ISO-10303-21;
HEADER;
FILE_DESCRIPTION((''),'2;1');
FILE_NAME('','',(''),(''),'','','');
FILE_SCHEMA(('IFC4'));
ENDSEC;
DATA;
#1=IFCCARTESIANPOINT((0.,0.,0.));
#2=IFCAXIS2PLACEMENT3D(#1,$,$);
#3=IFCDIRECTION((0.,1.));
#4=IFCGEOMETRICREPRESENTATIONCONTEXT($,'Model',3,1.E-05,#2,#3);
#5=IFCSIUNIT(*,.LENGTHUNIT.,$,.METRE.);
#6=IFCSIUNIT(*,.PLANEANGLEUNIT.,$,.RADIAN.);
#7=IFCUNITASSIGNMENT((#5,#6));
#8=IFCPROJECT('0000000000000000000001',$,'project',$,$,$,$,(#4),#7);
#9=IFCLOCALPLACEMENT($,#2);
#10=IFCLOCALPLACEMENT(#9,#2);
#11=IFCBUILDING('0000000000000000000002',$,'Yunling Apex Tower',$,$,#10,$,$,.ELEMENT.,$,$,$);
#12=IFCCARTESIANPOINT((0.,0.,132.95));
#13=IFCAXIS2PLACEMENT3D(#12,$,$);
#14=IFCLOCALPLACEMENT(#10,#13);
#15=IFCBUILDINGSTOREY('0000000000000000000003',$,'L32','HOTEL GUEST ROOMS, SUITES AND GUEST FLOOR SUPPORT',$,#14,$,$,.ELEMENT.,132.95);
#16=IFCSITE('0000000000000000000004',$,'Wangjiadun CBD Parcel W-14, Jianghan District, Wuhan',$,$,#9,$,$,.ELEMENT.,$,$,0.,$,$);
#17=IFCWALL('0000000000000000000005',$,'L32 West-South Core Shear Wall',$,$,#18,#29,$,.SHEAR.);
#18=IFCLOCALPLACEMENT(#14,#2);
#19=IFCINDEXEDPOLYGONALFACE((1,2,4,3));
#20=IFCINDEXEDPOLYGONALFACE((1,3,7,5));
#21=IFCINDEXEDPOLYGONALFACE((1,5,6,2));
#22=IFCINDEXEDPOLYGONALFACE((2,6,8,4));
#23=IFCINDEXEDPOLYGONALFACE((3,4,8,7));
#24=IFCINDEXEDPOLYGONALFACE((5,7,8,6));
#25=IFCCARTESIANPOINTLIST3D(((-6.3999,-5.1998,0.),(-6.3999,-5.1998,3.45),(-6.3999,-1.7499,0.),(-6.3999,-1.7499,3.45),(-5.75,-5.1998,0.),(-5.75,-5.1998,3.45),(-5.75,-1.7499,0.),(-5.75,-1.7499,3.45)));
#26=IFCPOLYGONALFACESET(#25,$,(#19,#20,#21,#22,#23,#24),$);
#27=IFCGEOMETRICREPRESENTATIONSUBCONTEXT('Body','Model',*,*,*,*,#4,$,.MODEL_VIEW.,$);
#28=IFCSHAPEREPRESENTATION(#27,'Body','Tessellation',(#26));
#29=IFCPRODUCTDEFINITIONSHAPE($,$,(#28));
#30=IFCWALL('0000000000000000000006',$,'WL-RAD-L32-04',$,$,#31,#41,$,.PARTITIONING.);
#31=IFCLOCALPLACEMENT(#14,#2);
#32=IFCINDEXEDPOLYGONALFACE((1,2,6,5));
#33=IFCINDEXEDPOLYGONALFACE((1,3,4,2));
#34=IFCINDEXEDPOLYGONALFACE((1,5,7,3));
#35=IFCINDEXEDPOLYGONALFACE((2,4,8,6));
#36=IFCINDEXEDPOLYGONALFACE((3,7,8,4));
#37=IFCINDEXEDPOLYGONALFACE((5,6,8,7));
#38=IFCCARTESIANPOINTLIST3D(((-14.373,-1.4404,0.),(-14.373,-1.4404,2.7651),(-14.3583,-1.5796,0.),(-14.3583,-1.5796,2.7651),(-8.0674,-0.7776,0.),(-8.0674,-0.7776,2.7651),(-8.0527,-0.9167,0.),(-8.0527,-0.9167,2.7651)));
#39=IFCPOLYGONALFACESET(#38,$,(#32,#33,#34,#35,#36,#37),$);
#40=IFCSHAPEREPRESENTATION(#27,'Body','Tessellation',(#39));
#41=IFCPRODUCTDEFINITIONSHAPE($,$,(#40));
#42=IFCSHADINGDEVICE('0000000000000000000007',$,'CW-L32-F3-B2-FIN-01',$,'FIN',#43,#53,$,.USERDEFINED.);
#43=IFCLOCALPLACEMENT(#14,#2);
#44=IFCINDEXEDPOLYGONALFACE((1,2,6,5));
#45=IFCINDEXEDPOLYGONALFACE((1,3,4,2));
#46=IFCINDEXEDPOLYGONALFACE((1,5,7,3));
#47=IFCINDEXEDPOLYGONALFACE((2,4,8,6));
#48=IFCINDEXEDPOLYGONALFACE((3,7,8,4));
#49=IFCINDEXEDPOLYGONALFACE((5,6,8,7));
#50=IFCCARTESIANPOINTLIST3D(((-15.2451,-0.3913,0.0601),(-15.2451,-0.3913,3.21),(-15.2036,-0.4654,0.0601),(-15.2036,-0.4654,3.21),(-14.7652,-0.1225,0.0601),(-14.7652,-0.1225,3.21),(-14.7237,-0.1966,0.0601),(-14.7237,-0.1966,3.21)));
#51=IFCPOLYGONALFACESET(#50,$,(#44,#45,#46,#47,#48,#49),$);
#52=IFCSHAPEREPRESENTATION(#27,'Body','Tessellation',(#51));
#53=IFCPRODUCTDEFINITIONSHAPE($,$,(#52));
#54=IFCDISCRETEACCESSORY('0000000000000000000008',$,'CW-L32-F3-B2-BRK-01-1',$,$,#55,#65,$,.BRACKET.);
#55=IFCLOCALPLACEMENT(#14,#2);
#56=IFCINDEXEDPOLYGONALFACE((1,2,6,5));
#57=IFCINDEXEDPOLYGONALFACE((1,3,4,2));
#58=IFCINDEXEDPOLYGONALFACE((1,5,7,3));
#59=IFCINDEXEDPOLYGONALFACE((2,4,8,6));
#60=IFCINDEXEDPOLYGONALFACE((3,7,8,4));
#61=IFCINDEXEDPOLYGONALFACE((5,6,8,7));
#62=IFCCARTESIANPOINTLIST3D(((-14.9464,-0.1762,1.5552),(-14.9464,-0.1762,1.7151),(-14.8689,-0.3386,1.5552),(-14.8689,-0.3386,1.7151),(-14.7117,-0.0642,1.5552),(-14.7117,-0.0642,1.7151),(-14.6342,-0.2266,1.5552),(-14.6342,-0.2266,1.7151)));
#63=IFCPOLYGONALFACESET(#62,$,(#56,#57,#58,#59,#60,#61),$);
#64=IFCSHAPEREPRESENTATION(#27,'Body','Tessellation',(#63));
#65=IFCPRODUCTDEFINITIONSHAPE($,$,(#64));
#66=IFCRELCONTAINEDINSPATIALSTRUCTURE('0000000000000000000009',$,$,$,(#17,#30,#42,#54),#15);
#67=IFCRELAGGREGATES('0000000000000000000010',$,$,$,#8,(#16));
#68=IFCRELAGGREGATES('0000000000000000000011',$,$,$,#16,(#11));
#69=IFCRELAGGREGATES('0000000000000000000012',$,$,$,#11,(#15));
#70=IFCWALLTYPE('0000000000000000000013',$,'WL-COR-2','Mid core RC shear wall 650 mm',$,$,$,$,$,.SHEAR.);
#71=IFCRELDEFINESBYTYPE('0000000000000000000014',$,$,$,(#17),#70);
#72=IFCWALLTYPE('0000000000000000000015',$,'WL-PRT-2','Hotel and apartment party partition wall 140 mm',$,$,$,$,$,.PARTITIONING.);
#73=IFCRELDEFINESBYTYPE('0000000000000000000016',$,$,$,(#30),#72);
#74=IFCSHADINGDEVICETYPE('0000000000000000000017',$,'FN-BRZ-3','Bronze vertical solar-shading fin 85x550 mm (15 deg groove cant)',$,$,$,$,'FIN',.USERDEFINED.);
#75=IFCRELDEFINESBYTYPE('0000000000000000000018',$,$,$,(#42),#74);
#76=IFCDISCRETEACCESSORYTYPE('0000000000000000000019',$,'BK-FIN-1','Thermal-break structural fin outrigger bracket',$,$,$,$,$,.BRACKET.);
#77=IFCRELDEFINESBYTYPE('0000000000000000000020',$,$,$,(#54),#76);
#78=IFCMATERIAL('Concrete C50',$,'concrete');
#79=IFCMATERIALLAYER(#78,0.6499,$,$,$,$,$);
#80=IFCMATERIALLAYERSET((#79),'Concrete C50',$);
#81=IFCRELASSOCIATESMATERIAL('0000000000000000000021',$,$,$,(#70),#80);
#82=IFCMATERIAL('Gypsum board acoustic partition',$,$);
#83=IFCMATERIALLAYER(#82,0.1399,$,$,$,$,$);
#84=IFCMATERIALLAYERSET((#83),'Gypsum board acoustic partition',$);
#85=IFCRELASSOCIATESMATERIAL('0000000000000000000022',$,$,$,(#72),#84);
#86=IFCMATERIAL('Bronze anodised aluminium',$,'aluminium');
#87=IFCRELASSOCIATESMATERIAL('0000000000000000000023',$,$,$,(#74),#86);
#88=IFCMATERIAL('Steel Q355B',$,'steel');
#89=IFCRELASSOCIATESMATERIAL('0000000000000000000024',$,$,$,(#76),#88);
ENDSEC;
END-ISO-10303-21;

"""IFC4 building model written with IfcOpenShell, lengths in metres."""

from ifc_helpers import new_model, si_unit, direction, frame, frame_2d, origin, origin_2d, place, context, subcontext, project, spatial, rectangle, extrude, source, transform, mapped, material, layer, layer_set, material_profile, profile_set, type_object, element, save


model = new_model("IFC4")

# Units and contexts
model_context = context("Model", 3, precision=1e-05, world=origin(), true_north=direction((0.0, 1.0)))
body_context = subcontext(model_context, "Body", "Model", "MODEL_VIEW")
ifc_project = project(units=[si_unit("LENGTHUNIT", "METRE"), si_unit("PLANEANGLEUNIT", "RADIAN")], contexts=[model_context])

# Site, building, storey
site_placement = place(None, origin())
site = spatial("IfcSite", under=ifc_project, at=site_placement, Name="Wangjiadun CBD Parcel W-14, Jianghan District, Wuhan", CompositionType="ELEMENT", RefElevation=0.0)
building_placement = place(site_placement, origin())
building = spatial("IfcBuilding", under=site, at=building_placement, Name="Yunling Apex Tower", CompositionType="ELEMENT")
storey_placement = place(building_placement, frame((0.0, 0.0, 132.95)))
storey = spatial("IfcBuildingStorey", under=building, at=storey_placement, Name="L32", Description="HOTEL GUEST ROOMS, SUITES AND GUEST FLOOR SUPPORT", CompositionType="ELEMENT", Elevation=132.95)

# Shared definitions
ifc_material_1 = material(Name="Steel Q355B", Category="steel")

# Shared definitions
ifc_material_2 = material(Name="Bronze anodised aluminium", Category="aluminium")

# Shared definitions
ifc_material_3 = material(Name="Concrete C50", Category="concrete")
ifc_layer_1 = layer(ifc_material_3, 0.6499)
ifc_layer_set_1 = layer_set([ifc_layer_1], Name="Concrete C50")
wall_type_1 = type_object("IfcWallType", Name="WL-COR-2", Description="Mid core RC shear wall 650 mm", PredefinedType="SHEAR", material=ifc_layer_set_1)

# Walls
wall_1_placement = place(storey_placement, frame((-6.075, -5.2, 0.0), z_axis=(0.0, 0.0, 1.0), x_axis=(0.0, 1.0, 0.0)))
element("IfcWall", 1, at=wall_1_placement, inside=storey, type_object=wall_type_1, Name="L32 West-South Core Shear Wall", PredefinedType="SHEAR", context=body_context, shape_type="SweptSolid", body=[
    extrude(rectangle(XDim=3.45, YDim=0.6499, at=frame_2d((1.7251, 0.0))), origin(), (0.0, 0.0, 1.0), 3.45),
])
ifc_material_4 = material(Name="Gypsum board acoustic partition")
ifc_layer_2 = layer(ifc_material_4, 0.1399)
ifc_layer_set_2 = layer_set([ifc_layer_2], Name="Gypsum board acoustic partition")
wall_type_2 = type_object("IfcWallType", Name="WL-PRT-2", Description="Hotel and apartment party partition wall 140 mm", PredefinedType="PARTITIONING", material=ifc_layer_set_2)
wall_2_placement = place(storey_placement, frame((-8.0601, -0.8472, 0.0), z_axis=(0.0, 0.0, 1.0), x_axis=(-0.99452, -0.104542, 0.0)))
element("IfcWall", 2, at=wall_2_placement, inside=storey, type_object=wall_type_2, Name="WL-RAD-L32-04", PredefinedType="PARTITIONING", context=body_context, shape_type="SweptSolid", body=[
    extrude(rectangle(XDim=6.3403, YDim=0.1399, at=frame_2d((3.1702, 0.0))), origin(), (0.0, 0.0, 1.0), 2.7651),
])

# Shading device
ifc_material_profile_1 = material_profile(ifc_material_2, rectangle(XDim=0.085, YDim=0.55, at=origin_2d()))
ifc_profile_set_1 = profile_set([ifc_material_profile_1], Name="Bronze anodised aluminium")
shading_device_type = type_object("IfcShadingDeviceType", Name="FN-BRZ-3", Description="Bronze vertical solar-shading fin 85x550 mm (15 deg groove cant)", ElementType="FIN", PredefinedType="USERDEFINED", material=ifc_profile_set_1)
shared_shape_1 = source(origin(), body_context, "Body", "SweptSolid", [
    extrude(rectangle(XDim=0.085, YDim=0.55, at=origin_2d()), origin(), (0.0, 0.0, 1.0), 3.1499),
])
shading_device_placement = place(storey_placement, frame((-14.9844, -0.2939, 0.0601), z_axis=(0.0, 0.0, 1.0), x_axis=(0.488621, -0.872496, 0.0)))
element("IfcShadingDevice", 3, at=shading_device_placement, inside=storey, type_object=shading_device_type, Name="CW-L32-F3-B2-FIN-01", ObjectType="FIN", PredefinedType="USERDEFINED", context=body_context, shape_type="MappedRepresentation", body=[
    mapped(shared_shape_1, transform((0.0, 0.0, 0.0), scale=1.0)),
])

# Discrete accessory
discrete_accessory_type = type_object("IfcDiscreteAccessoryType", Name="BK-FIN-1", Description="Thermal-break structural fin outrigger bracket", PredefinedType="BRACKET", material=ifc_material_1)
shared_shape_2 = source(origin(), body_context, "Body", "SweptSolid", [
    extrude(rectangle(XDim=0.1799, YDim=0.26, at=origin_2d()), origin(), (0.0, 0.0, 1.0), 0.1599),
])
discrete_accessory_placement = place(storey_placement, frame((-14.7903, -0.2014, 1.5552), z_axis=(0.0, 0.0, 1.0), x_axis=(0.430511, -0.902585, 0.0)))
element("IfcDiscreteAccessory", 4, at=discrete_accessory_placement, inside=storey, type_object=discrete_accessory_type, Name="CW-L32-F3-B2-BRK-01-1", PredefinedType="BRACKET", context=body_context, shape_type="MappedRepresentation", body=[
    mapped(shared_shape_2, transform((0.0, 0.0, 0.0), scale=1.0)),
])

save(model, "model.ifc")
